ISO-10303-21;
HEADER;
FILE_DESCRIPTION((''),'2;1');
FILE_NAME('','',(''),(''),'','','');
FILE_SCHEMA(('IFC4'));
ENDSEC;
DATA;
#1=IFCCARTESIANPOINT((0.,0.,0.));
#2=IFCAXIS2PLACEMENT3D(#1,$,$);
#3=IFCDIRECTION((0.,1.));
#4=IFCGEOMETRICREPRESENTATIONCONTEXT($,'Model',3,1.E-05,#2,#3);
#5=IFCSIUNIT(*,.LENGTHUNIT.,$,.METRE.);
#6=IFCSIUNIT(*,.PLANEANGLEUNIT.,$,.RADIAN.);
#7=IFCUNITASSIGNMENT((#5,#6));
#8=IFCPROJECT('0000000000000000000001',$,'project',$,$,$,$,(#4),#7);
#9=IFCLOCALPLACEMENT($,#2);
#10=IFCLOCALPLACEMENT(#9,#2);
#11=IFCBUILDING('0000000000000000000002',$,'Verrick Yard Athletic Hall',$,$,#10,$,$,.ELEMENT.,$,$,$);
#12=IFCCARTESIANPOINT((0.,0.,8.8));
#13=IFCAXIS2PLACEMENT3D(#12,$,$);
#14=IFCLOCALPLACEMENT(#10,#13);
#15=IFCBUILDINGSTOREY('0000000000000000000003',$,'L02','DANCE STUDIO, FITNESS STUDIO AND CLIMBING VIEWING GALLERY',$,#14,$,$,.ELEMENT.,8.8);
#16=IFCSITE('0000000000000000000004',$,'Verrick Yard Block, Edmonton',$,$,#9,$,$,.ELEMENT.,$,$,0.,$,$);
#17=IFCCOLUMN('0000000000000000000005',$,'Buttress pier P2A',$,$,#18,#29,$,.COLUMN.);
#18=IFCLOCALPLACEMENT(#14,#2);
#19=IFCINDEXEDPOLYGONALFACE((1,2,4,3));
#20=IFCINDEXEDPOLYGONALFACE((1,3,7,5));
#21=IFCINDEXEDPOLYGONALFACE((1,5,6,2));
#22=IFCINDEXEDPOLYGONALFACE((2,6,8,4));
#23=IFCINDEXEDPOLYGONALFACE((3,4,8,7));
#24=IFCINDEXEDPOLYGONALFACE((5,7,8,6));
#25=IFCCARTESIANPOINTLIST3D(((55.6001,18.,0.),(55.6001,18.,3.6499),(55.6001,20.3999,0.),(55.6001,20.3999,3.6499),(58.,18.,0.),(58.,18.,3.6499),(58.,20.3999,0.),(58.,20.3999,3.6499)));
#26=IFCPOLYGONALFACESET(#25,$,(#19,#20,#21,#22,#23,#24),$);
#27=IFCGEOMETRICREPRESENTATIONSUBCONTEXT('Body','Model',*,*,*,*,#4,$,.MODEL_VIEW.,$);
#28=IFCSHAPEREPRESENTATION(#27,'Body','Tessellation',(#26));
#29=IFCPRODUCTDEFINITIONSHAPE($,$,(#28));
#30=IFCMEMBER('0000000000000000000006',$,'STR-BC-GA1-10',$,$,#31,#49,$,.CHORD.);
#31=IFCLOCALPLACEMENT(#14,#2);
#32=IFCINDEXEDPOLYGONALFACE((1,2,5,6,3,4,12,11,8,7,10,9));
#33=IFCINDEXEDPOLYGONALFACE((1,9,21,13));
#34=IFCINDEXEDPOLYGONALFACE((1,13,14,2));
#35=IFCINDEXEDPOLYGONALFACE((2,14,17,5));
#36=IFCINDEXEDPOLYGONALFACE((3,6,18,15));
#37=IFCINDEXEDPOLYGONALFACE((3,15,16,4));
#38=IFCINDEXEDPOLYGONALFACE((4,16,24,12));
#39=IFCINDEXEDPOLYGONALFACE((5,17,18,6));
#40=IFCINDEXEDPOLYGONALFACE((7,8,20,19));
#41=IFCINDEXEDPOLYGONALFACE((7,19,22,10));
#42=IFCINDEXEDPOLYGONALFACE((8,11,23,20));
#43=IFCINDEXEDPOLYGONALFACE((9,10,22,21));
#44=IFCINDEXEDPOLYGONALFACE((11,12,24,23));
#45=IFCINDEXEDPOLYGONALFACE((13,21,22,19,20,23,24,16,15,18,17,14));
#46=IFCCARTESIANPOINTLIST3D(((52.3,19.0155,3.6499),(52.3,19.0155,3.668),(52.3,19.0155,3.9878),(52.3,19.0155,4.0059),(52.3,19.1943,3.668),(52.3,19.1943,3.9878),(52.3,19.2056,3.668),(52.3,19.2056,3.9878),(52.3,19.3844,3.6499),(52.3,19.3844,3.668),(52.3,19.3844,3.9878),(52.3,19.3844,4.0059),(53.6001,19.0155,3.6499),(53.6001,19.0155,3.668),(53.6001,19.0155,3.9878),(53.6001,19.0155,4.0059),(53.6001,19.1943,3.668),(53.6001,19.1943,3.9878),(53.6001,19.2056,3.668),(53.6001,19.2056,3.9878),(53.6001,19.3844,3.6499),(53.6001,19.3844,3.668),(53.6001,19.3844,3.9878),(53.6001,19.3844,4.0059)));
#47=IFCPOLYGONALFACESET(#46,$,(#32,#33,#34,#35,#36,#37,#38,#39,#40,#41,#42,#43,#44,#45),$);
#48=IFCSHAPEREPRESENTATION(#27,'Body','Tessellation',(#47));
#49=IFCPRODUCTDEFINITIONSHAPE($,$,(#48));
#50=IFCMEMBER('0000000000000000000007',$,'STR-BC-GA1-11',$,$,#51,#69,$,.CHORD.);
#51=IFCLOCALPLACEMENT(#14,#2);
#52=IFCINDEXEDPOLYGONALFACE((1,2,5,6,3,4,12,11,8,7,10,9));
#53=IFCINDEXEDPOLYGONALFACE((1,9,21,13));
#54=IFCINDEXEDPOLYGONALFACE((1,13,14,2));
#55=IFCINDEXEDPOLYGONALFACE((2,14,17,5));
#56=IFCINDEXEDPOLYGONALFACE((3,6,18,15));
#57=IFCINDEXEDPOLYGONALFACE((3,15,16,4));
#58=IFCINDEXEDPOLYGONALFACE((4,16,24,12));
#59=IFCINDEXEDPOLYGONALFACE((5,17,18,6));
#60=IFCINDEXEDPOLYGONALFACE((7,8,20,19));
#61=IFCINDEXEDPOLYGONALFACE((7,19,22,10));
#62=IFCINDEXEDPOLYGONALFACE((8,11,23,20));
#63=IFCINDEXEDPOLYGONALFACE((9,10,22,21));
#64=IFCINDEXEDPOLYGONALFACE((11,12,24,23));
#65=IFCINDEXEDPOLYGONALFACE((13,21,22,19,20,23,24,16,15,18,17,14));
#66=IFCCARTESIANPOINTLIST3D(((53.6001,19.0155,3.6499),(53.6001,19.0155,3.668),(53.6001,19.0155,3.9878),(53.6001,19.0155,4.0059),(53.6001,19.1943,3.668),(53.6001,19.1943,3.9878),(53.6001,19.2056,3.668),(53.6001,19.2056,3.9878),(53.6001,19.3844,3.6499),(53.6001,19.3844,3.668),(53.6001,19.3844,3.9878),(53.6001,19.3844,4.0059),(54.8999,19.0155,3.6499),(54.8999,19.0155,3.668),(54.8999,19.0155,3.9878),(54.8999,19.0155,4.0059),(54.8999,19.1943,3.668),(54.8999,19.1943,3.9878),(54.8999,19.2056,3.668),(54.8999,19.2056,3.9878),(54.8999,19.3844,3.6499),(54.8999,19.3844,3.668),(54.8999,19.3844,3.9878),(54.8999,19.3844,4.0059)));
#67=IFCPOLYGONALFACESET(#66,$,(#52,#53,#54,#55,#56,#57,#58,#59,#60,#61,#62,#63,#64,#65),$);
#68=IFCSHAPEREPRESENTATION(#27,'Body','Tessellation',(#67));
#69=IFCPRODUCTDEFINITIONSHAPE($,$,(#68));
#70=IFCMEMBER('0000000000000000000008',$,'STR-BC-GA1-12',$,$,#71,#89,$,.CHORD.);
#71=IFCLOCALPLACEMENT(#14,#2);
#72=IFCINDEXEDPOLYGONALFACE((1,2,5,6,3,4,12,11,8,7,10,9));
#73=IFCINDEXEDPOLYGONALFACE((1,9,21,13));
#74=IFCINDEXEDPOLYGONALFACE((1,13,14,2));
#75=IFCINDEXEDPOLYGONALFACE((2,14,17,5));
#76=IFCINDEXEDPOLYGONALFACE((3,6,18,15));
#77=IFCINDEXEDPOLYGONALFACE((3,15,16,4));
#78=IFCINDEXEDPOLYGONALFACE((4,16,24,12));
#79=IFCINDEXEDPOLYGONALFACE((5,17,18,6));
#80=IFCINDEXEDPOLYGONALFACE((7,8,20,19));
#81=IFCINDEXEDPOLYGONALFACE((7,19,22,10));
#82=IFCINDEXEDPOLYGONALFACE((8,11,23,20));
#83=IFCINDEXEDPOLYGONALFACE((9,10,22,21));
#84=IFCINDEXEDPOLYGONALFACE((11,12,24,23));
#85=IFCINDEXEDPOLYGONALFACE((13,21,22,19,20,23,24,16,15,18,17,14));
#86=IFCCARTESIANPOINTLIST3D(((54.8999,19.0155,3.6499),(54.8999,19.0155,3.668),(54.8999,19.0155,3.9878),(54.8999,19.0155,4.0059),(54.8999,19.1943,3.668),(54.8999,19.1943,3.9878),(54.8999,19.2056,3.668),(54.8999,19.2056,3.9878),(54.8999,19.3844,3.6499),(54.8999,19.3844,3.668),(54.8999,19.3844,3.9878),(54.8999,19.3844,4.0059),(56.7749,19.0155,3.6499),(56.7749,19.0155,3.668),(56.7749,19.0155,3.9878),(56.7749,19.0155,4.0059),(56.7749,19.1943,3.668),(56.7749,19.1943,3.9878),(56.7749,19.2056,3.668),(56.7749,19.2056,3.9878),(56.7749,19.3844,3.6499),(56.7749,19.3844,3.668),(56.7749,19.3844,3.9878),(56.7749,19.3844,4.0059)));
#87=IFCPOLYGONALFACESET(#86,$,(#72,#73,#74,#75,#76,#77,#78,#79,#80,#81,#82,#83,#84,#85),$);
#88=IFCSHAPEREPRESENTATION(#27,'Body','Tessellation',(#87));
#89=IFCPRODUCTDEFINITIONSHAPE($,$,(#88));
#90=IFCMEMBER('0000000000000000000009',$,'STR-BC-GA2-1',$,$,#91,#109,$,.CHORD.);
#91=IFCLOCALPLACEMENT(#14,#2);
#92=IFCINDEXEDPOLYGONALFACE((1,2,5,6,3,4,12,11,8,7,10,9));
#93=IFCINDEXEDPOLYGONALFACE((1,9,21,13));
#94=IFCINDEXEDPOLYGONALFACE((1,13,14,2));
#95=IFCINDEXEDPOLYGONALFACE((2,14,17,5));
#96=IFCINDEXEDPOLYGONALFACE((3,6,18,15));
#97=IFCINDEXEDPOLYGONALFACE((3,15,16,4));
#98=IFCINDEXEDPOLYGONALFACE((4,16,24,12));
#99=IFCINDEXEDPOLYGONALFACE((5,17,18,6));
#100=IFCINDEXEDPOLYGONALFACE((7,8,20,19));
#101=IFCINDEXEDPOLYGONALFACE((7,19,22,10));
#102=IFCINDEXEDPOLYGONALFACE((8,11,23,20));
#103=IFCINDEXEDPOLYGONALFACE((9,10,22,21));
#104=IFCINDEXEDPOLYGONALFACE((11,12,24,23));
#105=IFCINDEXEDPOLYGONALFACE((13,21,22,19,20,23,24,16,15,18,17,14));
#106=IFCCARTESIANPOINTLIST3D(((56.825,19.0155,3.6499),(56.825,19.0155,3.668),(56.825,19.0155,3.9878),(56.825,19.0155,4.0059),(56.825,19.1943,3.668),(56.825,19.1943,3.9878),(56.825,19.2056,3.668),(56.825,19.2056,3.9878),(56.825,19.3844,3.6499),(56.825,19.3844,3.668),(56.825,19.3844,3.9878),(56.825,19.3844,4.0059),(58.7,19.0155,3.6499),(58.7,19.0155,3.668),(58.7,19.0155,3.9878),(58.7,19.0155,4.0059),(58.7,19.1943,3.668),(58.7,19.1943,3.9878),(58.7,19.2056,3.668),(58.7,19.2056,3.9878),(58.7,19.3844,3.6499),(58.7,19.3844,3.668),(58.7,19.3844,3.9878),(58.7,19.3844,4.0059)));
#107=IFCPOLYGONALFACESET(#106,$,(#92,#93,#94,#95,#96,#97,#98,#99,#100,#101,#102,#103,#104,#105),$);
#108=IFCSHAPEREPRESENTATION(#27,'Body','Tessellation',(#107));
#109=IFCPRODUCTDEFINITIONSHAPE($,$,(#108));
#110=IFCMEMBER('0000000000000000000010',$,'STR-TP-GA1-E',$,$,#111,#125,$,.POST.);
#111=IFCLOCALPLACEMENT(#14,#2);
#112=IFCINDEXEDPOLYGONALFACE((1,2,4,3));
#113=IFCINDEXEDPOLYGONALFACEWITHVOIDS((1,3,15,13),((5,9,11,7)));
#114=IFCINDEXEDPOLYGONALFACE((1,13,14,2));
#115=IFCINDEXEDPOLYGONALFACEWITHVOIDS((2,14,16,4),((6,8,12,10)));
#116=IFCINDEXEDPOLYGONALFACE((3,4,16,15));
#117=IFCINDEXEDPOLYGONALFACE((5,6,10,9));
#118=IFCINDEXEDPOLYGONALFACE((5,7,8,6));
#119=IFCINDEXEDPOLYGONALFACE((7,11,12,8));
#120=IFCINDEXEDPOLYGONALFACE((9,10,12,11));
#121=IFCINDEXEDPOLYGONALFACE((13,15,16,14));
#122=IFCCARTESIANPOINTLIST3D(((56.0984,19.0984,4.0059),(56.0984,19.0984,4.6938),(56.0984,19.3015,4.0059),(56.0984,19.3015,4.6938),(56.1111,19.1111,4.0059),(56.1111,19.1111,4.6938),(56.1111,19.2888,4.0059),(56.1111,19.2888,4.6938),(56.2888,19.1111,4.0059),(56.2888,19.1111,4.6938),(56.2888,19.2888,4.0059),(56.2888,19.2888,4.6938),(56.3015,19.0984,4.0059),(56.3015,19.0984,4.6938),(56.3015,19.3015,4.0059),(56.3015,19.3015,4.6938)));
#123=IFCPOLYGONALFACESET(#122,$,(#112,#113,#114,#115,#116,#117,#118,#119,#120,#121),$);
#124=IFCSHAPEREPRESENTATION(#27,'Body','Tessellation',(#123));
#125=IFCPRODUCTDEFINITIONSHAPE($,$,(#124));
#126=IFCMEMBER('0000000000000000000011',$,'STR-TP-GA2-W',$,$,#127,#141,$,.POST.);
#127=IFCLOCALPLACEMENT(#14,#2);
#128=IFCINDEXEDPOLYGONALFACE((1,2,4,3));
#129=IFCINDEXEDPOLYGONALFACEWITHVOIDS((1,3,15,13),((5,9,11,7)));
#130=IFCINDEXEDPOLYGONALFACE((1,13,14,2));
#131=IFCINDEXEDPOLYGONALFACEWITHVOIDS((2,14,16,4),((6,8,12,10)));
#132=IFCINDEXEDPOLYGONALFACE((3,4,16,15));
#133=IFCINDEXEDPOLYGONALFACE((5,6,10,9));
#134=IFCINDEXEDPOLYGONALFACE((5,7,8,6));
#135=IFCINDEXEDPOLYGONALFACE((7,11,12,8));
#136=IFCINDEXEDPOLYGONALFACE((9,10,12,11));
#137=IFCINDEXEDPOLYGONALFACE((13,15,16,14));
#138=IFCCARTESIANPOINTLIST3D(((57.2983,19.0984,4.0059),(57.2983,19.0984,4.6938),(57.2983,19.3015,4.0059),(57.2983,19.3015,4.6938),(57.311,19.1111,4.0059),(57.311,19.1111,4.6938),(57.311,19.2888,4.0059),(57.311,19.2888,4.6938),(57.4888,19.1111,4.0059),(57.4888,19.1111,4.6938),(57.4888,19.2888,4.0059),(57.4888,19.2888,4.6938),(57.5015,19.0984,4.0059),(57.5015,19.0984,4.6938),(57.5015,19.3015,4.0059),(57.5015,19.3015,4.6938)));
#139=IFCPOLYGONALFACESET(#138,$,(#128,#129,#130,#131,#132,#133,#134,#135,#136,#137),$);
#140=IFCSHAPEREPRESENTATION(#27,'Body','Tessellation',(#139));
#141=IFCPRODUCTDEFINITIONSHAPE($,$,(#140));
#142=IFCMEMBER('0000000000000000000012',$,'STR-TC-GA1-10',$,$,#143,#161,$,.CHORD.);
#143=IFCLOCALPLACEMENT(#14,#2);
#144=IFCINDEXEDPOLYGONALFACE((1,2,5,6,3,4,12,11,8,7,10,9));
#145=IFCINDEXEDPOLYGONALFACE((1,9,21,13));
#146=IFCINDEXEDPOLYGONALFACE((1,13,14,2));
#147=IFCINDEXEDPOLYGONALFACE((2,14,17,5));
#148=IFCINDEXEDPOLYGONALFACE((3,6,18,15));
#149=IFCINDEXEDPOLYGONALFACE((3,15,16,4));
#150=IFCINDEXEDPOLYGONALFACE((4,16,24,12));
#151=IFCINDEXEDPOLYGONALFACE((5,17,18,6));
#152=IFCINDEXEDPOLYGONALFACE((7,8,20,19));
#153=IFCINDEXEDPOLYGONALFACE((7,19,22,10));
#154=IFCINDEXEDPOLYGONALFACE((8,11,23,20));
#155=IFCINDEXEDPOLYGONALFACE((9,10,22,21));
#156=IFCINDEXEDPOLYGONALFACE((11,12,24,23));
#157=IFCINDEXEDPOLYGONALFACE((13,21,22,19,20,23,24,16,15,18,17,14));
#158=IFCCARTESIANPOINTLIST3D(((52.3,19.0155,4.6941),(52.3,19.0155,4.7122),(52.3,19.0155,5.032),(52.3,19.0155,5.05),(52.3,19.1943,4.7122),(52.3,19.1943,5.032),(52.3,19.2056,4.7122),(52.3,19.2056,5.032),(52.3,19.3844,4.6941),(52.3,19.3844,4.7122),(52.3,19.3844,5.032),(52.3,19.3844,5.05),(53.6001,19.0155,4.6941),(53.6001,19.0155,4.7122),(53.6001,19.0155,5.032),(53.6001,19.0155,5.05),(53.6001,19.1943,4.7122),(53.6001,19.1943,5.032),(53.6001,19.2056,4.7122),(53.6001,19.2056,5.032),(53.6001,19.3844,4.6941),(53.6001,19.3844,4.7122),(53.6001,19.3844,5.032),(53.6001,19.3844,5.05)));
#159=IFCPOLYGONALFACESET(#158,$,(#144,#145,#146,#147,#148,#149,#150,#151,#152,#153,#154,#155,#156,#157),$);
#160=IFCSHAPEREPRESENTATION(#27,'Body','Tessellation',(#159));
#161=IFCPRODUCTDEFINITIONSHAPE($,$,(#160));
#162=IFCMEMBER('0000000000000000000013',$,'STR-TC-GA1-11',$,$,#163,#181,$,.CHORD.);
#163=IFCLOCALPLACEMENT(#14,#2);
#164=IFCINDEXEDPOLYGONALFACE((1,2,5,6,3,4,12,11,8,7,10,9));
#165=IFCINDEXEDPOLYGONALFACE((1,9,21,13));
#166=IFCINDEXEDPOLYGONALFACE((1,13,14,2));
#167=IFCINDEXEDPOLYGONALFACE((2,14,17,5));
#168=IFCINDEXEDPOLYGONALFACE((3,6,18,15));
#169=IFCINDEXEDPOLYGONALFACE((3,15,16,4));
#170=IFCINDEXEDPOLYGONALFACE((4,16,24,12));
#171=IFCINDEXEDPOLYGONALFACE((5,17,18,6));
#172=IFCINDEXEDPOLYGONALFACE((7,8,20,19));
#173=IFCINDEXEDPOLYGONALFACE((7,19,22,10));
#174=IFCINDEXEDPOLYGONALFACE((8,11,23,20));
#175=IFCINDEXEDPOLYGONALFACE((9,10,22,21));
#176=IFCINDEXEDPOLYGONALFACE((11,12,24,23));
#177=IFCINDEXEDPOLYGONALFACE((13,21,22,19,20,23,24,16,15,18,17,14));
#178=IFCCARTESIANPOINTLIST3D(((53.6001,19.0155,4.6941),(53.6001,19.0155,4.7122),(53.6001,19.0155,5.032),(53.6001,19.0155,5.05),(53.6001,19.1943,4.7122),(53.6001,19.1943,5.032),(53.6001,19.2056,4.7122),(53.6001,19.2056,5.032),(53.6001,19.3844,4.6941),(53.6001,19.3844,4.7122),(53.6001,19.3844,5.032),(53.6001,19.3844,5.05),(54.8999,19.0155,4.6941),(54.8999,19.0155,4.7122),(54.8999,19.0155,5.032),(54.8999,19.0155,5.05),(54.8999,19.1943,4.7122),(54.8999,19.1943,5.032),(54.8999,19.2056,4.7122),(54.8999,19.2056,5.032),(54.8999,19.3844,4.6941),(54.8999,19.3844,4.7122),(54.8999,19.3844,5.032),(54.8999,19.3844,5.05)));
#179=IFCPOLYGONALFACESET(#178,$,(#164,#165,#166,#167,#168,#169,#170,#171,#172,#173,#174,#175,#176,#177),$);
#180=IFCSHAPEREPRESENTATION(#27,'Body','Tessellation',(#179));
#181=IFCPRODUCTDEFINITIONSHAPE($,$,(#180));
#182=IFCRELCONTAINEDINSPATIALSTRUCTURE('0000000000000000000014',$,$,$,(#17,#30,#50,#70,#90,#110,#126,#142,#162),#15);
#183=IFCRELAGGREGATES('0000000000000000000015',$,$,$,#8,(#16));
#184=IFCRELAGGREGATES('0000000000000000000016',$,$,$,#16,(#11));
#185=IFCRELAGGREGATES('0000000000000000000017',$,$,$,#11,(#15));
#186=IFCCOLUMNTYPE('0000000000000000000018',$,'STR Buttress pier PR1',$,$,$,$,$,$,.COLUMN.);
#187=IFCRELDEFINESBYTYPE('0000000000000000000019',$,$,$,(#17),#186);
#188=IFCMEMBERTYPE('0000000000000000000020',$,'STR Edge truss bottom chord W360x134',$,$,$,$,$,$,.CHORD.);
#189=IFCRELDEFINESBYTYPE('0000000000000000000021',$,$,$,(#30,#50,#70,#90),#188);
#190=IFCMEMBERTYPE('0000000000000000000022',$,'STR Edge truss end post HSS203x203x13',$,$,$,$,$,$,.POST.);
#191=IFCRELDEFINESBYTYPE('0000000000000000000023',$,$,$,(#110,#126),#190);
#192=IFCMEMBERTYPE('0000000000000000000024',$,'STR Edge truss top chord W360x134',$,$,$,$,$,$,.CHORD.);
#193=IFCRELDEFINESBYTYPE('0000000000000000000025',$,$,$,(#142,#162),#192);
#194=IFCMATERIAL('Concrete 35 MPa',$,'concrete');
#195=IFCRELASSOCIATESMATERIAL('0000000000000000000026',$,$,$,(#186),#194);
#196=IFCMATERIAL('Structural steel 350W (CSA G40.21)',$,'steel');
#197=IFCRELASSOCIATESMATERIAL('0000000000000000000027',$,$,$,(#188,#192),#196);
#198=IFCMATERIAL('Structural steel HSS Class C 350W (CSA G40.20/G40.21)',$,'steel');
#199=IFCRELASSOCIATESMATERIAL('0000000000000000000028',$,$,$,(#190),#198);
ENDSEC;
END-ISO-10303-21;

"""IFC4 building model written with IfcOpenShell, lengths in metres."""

from ifc_helpers import new_model, si_unit, direction, frame, origin, origin_2d, place, context, subcontext, project, spatial, rectangle, hollow_rectangle, i_section, extrude, material, material_profile, profile_set, type_object, element, save


model = new_model("IFC4")

# Units and contexts
model_context = context("Model", 3, precision=1e-05, world=origin(), true_north=direction((0.0, 1.0)))
body_context = subcontext(model_context, "Body", "Model", "MODEL_VIEW")
ifc_project = project(units=[si_unit("LENGTHUNIT", "METRE"), si_unit("PLANEANGLEUNIT", "RADIAN")], contexts=[model_context])

# Site, building, storey
site_placement = place(None, origin())
site = spatial("IfcSite", under=ifc_project, at=site_placement, Name="Verrick Yard Block, Edmonton", CompositionType="ELEMENT", RefElevation=0.0)
building_placement = place(site_placement, origin())
building = spatial("IfcBuilding", under=site, at=building_placement, Name="Verrick Yard Athletic Hall", CompositionType="ELEMENT")
storey_placement = place(building_placement, frame((0.0, 0.0, 8.8)))
storey = spatial("IfcBuildingStorey", under=building, at=storey_placement, Name="L02", Description="DANCE STUDIO, FITNESS STUDIO AND CLIMBING VIEWING GALLERY", CompositionType="ELEMENT", Elevation=8.8)

# Column
ifc_material_1 = material(Name="Concrete 35 MPa", Category="concrete")
ifc_material_profile_1 = material_profile(ifc_material_1, rectangle(XDim=2.3999, YDim=2.3999, at=origin_2d()), Name="STR Buttress pier PR1")
ifc_profile_set_1 = profile_set([ifc_material_profile_1], Name="Concrete 35 MPa")
column_type = type_object("IfcColumnType", Name="STR Buttress pier PR1", PredefinedType="COLUMN", material=ifc_profile_set_1)
column_placement = place(storey_placement, frame((56.8, 19.2, 0.0), z_axis=(0.0, 0.0, 1.0), x_axis=(1.0, 0.0, 0.0)))
element("IfcColumn", 1, at=column_placement, inside=storey, type_object=column_type, Name="Buttress pier P2A", PredefinedType="COLUMN", context=body_context, shape_type="SweptSolid", body=[
    extrude(rectangle(XDim=2.3999, YDim=2.3999, at=origin_2d()), origin(), (0.0, 0.0, 1.0), 3.6499),
])

# Members
ifc_material_2 = material(Name="Structural steel 350W (CSA G40.21)", Category="steel")
ifc_material_profile_2 = material_profile(ifc_material_2, i_section(OverallWidth=0.3689, OverallDepth=0.356, WebThickness=0.0112, FlangeThickness=0.0181, at=origin_2d()), Name="W360x134")
ifc_profile_set_2 = profile_set([ifc_material_profile_2], Name="Structural steel 350W (CSA G40.21)")
member_type_1 = type_object("IfcMemberType", Name="STR Edge truss bottom chord W360x134", PredefinedType="CHORD", material=ifc_profile_set_2)
member_1_placement = place(storey_placement, frame((52.3, 19.2, 3.8279), z_axis=(1.0, 0.0, 0.0), x_axis=(0.0, 1.0, 0.0)))
element("IfcMember", 2, at=member_1_placement, inside=storey, type_object=member_type_1, Name="STR-BC-GA1-10", PredefinedType="CHORD", context=body_context, shape_type="SweptSolid", body=[
    extrude(i_section(OverallWidth=0.3689, OverallDepth=0.356, WebThickness=0.0112, FlangeThickness=0.0181, at=origin_2d()), origin(), (0.0, 0.0, 1.0), 1.3),
])
member_2_placement = place(storey_placement, frame((53.6001, 19.2, 3.8279), z_axis=(1.0, 0.0, 0.0), x_axis=(0.0, 1.0, 0.0)))
element("IfcMember", 3, at=member_2_placement, inside=storey, type_object=member_type_1, Name="STR-BC-GA1-11", PredefinedType="CHORD", context=body_context, shape_type="SweptSolid", body=[
    extrude(i_section(OverallWidth=0.3689, OverallDepth=0.356, WebThickness=0.0112, FlangeThickness=0.0181, at=origin_2d()), origin(), (0.0, 0.0, 1.0), 1.2998),
])
for number, where, z_axis, x_axis, name in (
    (4, (54.8999, 19.2, 3.8279), (1.0, 0.0, 0.0), (0.0, 1.0, 0.0), "STR-BC-GA1-12"),
    (5, (56.825, 19.2, 3.8279), (1.0, 0.0, 0.0), (0.0, 1.0, 0.0), "STR-BC-GA2-1"),
):
    element("IfcMember", number, at=place(storey_placement, frame(where, z_axis=z_axis, x_axis=x_axis)), inside=storey, type_object=member_type_1, Name=name, PredefinedType="CHORD", context=body_context, shape_type="SweptSolid", body=[
        extrude(i_section(OverallWidth=0.3689, OverallDepth=0.356, WebThickness=0.0112, FlangeThickness=0.0181, at=origin_2d()), origin(), (0.0, 0.0, 1.0), 1.875),
    ])
ifc_material_3 = material(Name="Structural steel HSS Class C 350W (CSA G40.20/G40.21)", Category="steel")
ifc_material_profile_3 = material_profile(ifc_material_3, hollow_rectangle(XDim=0.2031, YDim=0.2031, WallThickness=0.0127, at=origin_2d()), Name="HSS203x203x13")
ifc_profile_set_3 = profile_set([ifc_material_profile_3], Name="Structural steel HSS Class C 350W (CSA G40.20/G40.21)")
member_type_2 = type_object("IfcMemberType", Name="STR Edge truss end post HSS203x203x13", PredefinedType="POST", material=ifc_profile_set_3)
for number, where, z_axis, x_axis, name in (
    (6, (56.2, 19.2, 4.0059), (0.0, 0.0, 1.0), (1.0, 0.0, 0.0), "STR-TP-GA1-E"),
    (7, (57.3999, 19.2, 4.0059), (0.0, 0.0, 1.0), (1.0, 0.0, 0.0), "STR-TP-GA2-W"),
):
    element("IfcMember", number, at=place(storey_placement, frame(where, z_axis=z_axis, x_axis=x_axis)), inside=storey, type_object=member_type_2, Name=name, PredefinedType="POST", context=body_context, shape_type="SweptSolid", body=[
        extrude(hollow_rectangle(XDim=0.2031, YDim=0.2031, WallThickness=0.0127, at=origin_2d()), origin(), (0.0, 0.0, 1.0), 0.688),
    ])
ifc_material_profile_4 = material_profile(ifc_material_2, i_section(OverallWidth=0.3689, OverallDepth=0.356, WebThickness=0.0112, FlangeThickness=0.0181, at=origin_2d()), Name="W360x134")
ifc_profile_set_4 = profile_set([ifc_material_profile_4], Name="Structural steel 350W (CSA G40.21)")
member_type_3 = type_object("IfcMemberType", Name="STR Edge truss top chord W360x134", PredefinedType="CHORD", material=ifc_profile_set_4)
member_3_placement = place(storey_placement, frame((52.3, 19.2, 4.8721), z_axis=(1.0, 0.0, 0.0), x_axis=(0.0, 1.0, 0.0)))
element("IfcMember", 8, at=member_3_placement, inside=storey, type_object=member_type_3, Name="STR-TC-GA1-10", PredefinedType="CHORD", context=body_context, shape_type="SweptSolid", body=[
    extrude(i_section(OverallWidth=0.3689, OverallDepth=0.356, WebThickness=0.0112, FlangeThickness=0.0181, at=origin_2d()), origin(), (0.0, 0.0, 1.0), 1.3),
])
member_4_placement = place(storey_placement, frame((53.6001, 19.2, 4.8721), z_axis=(1.0, 0.0, 0.0), x_axis=(0.0, 1.0, 0.0)))
element("IfcMember", 9, at=member_4_placement, inside=storey, type_object=member_type_3, Name="STR-TC-GA1-11", PredefinedType="CHORD", context=body_context, shape_type="SweptSolid", body=[
    extrude(i_section(OverallWidth=0.3689, OverallDepth=0.356, WebThickness=0.0112, FlangeThickness=0.0181, at=origin_2d()), origin(), (0.0, 0.0, 1.0), 1.2998),
])

save(model, "model.ifc")
